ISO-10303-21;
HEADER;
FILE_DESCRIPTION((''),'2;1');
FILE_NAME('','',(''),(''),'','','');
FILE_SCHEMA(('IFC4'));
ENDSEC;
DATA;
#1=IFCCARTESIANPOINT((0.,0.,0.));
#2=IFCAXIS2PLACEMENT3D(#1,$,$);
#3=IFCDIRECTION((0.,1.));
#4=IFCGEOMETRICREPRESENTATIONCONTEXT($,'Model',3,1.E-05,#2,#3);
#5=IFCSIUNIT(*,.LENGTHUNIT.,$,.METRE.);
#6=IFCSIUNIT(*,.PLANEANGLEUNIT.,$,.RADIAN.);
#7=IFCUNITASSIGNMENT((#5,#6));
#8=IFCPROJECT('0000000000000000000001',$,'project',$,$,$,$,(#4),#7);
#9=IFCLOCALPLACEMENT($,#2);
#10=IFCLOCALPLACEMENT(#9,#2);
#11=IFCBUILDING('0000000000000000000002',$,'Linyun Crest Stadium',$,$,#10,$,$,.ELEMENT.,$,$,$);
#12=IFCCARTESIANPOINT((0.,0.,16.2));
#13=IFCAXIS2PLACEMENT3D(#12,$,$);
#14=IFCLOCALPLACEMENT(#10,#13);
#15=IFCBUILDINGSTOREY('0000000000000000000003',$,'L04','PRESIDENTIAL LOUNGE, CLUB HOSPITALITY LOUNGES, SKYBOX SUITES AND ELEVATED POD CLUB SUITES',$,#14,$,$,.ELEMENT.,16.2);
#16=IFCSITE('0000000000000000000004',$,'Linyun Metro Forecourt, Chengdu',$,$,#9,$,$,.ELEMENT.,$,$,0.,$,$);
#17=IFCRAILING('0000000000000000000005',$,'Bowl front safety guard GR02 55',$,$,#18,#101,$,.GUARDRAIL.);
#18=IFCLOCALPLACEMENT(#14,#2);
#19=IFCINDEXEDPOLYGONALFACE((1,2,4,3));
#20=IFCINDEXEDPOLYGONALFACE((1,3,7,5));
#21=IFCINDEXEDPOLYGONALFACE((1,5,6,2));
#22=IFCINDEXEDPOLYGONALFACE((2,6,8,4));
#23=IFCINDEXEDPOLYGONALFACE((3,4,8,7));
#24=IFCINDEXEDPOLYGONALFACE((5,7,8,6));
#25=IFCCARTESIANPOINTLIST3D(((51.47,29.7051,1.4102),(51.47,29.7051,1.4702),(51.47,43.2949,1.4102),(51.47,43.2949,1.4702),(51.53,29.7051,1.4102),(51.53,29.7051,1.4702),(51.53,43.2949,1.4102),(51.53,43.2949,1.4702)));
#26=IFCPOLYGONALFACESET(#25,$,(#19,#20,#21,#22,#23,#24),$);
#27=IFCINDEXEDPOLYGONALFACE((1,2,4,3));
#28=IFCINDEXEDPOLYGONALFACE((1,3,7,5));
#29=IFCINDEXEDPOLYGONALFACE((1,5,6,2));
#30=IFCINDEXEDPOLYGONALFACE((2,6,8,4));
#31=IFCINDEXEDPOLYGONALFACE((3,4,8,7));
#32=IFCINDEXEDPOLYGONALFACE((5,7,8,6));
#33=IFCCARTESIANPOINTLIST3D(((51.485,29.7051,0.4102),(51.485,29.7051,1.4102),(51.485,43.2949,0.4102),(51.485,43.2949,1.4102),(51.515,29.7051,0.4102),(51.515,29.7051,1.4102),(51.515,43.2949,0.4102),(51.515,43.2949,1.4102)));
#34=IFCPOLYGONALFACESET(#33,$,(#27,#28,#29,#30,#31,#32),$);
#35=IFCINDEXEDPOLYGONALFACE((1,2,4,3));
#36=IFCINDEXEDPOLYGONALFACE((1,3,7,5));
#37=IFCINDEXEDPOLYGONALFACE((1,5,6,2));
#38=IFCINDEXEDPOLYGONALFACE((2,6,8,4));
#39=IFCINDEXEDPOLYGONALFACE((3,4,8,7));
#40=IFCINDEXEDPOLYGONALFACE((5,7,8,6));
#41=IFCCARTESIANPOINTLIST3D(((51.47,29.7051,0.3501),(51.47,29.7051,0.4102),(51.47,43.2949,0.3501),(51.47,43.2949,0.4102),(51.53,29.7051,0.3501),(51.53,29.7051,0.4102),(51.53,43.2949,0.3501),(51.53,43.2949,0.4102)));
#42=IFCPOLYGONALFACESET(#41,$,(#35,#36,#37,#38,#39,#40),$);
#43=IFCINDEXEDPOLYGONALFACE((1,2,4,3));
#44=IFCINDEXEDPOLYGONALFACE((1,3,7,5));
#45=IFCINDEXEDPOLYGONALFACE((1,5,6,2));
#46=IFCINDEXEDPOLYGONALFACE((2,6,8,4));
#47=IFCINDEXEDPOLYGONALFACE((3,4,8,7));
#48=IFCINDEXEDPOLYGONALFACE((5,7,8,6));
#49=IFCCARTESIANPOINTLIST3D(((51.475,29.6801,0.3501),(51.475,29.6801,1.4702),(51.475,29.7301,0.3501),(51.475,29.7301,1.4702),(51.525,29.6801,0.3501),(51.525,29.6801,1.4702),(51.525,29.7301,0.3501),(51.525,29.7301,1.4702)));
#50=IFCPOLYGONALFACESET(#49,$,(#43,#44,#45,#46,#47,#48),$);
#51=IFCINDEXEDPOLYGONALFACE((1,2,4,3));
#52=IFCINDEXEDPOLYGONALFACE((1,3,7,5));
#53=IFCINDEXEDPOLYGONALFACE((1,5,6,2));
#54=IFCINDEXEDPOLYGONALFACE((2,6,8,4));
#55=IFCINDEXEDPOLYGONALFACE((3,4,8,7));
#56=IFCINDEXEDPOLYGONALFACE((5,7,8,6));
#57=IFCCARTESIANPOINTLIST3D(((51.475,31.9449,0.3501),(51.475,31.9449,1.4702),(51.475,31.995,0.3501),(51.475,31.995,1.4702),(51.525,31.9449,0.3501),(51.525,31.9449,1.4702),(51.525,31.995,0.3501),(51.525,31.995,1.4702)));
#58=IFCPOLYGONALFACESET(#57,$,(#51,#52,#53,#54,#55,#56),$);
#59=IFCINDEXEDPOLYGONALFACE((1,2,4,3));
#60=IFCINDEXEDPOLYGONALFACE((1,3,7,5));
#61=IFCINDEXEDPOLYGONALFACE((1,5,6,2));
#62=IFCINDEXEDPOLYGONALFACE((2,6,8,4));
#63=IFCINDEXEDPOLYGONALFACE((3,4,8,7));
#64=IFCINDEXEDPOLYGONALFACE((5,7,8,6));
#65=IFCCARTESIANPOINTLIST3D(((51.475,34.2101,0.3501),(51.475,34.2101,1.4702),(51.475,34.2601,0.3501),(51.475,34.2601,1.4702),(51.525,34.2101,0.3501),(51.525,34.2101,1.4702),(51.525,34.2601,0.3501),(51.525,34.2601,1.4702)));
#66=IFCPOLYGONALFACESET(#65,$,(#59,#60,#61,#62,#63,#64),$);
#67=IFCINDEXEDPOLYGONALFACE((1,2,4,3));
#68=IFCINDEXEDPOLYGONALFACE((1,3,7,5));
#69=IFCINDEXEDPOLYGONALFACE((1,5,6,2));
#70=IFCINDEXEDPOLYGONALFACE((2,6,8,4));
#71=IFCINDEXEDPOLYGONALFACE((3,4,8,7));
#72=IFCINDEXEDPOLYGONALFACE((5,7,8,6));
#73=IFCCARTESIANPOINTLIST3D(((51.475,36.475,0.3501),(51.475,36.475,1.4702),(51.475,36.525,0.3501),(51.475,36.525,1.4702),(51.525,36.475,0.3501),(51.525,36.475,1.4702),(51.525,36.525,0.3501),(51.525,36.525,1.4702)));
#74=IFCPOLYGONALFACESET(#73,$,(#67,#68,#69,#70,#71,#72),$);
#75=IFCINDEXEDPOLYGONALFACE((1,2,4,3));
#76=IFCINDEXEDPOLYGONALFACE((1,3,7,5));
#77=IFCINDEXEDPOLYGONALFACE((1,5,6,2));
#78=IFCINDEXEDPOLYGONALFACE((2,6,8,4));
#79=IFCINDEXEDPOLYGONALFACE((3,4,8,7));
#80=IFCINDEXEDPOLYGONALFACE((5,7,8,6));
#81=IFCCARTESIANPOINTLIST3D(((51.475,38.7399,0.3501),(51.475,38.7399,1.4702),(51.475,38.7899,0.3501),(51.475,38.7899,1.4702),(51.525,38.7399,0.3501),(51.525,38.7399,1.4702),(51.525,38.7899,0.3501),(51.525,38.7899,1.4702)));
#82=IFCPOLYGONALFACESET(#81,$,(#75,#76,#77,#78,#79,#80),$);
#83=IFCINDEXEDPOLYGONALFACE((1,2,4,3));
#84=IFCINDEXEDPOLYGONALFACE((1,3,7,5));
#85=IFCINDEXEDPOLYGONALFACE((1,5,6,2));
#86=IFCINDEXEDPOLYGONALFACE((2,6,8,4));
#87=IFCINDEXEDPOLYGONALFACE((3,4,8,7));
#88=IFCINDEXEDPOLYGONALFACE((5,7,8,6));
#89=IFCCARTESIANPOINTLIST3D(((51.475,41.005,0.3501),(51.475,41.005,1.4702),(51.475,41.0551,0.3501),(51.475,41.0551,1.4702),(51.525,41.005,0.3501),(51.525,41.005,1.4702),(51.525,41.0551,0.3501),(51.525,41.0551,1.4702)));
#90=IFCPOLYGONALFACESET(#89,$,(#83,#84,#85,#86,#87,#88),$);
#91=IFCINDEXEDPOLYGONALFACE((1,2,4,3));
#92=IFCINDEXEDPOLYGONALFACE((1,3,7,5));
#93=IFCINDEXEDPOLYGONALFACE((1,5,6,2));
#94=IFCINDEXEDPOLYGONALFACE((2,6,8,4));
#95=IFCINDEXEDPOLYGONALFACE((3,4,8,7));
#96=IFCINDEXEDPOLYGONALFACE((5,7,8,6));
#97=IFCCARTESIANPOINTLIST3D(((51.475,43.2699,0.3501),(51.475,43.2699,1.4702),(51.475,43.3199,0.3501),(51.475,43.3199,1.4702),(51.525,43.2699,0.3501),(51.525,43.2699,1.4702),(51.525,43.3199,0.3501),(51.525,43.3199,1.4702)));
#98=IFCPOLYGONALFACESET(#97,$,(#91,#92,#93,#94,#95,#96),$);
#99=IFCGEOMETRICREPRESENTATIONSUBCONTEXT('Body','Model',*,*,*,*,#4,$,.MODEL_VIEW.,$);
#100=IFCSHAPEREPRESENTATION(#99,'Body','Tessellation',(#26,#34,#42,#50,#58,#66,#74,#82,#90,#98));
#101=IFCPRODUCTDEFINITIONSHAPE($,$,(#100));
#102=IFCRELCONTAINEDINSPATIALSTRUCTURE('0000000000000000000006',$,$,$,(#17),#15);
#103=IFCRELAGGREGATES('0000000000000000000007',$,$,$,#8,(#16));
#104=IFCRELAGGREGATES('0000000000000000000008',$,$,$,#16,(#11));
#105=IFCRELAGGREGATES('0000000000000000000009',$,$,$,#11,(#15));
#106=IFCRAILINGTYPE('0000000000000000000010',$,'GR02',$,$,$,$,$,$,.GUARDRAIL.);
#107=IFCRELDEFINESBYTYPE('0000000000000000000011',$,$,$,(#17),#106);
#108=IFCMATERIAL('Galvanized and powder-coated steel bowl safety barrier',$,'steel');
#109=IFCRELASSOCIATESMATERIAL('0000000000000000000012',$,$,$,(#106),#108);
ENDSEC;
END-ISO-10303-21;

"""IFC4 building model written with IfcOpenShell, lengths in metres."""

from ifc_helpers import new_model, si_unit, direction, frame, origin, origin_2d, place, context, subcontext, project, spatial, rectangle, extrude, material, type_object, element, save


model = new_model("IFC4")

# Units and contexts
model_context = context("Model", 3, precision=1e-05, world=origin(), true_north=direction((0.0, 1.0)))
body_context = subcontext(model_context, "Body", "Model", "MODEL_VIEW")
ifc_project = project(units=[si_unit("LENGTHUNIT", "METRE"), si_unit("PLANEANGLEUNIT", "RADIAN")], contexts=[model_context])

# Site, building, storey
site_placement = place(None, origin())
site = spatial("IfcSite", under=ifc_project, at=site_placement, Name="Linyun Metro Forecourt, Chengdu", CompositionType="ELEMENT", RefElevation=0.0)
building_placement = place(site_placement, origin())
building = spatial("IfcBuilding", under=site, at=building_placement, Name="Linyun Crest Stadium", CompositionType="ELEMENT")
storey_placement = place(building_placement, frame((0.0, 0.0, 16.2)))
storey = spatial("IfcBuildingStorey", under=building, at=storey_placement, Name="L04", Description="PRESIDENTIAL LOUNGE, CLUB HOSPITALITY LOUNGES, SKYBOX SUITES AND ELEVATED POD CLUB SUITES", CompositionType="ELEMENT", Elevation=16.2)

# Railing
ifc_material_1 = material(Name="Galvanized and powder-coated steel bowl safety barrier", Category="steel")
railing_type = type_object("IfcRailingType", Name="GR02", PredefinedType="GUARDRAIL", material=ifc_material_1)
for number, where, name in (
    (1, (51.5, 29.7051, 0.3501), "Bowl front safety guard GR02 55"),
):
    element("IfcRailing", number, at=place(storey_placement, frame(where)), inside=storey, type_object=railing_type, Name=name, PredefinedType="GUARDRAIL", context=body_context, shape_type="SweptSolid", body=[
        extrude(rectangle(XDim=0.0601, YDim=0.0601, at=origin_2d()), frame((0.0, 0.0, 1.0901), z_axis=(0.0, 1.0, 0.0), x_axis=(-1.0, 0.0, 0.0)), (0.0, 0.0, 1.0), 13.5898),
        extrude(rectangle(XDim=0.03, YDim=1.0, at=origin_2d()), frame((0.0, 0.0, 0.5601), z_axis=(0.0, 1.0, 0.0), x_axis=(-1.0, 0.0, 0.0)), (0.0, 0.0, 1.0), 13.5898),
        extrude(rectangle(XDim=0.0601, YDim=0.0601, at=origin_2d()), frame((0.0, 0.0, 0.03), z_axis=(0.0, 1.0, 0.0), x_axis=(-1.0, 0.0, 0.0)), (0.0, 0.0, 1.0), 13.5898),
        extrude(rectangle(XDim=0.05, YDim=0.05, at=origin_2d()), origin(), (0.0, 0.0, 1.0), 1.1201),
        extrude(rectangle(XDim=0.05, YDim=0.05, at=origin_2d()), frame((0.0, 2.2649, 0.0)), (0.0, 0.0, 1.0), 1.1201),
        extrude(rectangle(XDim=0.05, YDim=0.05, at=origin_2d()), frame((0.0, 4.53, 0.0)), (0.0, 0.0, 1.0), 1.1201),
        extrude(rectangle(XDim=0.05, YDim=0.05, at=origin_2d()), frame((0.0, 6.7949, 0.0)), (0.0, 0.0, 1.0), 1.1201),
        extrude(rectangle(XDim=0.05, YDim=0.05, at=origin_2d()), frame((0.0, 9.0598, 0.0)), (0.0, 0.0, 1.0), 1.1201),
        extrude(rectangle(XDim=0.05, YDim=0.05, at=origin_2d()), frame((0.0, 11.325, 0.0)), (0.0, 0.0, 1.0), 1.1201),
        extrude(rectangle(XDim=0.05, YDim=0.05, at=origin_2d()), frame((0.0, 13.5898, 0.0)), (0.0, 0.0, 1.0), 1.1201),
    ])

save(model, "model.ifc")
